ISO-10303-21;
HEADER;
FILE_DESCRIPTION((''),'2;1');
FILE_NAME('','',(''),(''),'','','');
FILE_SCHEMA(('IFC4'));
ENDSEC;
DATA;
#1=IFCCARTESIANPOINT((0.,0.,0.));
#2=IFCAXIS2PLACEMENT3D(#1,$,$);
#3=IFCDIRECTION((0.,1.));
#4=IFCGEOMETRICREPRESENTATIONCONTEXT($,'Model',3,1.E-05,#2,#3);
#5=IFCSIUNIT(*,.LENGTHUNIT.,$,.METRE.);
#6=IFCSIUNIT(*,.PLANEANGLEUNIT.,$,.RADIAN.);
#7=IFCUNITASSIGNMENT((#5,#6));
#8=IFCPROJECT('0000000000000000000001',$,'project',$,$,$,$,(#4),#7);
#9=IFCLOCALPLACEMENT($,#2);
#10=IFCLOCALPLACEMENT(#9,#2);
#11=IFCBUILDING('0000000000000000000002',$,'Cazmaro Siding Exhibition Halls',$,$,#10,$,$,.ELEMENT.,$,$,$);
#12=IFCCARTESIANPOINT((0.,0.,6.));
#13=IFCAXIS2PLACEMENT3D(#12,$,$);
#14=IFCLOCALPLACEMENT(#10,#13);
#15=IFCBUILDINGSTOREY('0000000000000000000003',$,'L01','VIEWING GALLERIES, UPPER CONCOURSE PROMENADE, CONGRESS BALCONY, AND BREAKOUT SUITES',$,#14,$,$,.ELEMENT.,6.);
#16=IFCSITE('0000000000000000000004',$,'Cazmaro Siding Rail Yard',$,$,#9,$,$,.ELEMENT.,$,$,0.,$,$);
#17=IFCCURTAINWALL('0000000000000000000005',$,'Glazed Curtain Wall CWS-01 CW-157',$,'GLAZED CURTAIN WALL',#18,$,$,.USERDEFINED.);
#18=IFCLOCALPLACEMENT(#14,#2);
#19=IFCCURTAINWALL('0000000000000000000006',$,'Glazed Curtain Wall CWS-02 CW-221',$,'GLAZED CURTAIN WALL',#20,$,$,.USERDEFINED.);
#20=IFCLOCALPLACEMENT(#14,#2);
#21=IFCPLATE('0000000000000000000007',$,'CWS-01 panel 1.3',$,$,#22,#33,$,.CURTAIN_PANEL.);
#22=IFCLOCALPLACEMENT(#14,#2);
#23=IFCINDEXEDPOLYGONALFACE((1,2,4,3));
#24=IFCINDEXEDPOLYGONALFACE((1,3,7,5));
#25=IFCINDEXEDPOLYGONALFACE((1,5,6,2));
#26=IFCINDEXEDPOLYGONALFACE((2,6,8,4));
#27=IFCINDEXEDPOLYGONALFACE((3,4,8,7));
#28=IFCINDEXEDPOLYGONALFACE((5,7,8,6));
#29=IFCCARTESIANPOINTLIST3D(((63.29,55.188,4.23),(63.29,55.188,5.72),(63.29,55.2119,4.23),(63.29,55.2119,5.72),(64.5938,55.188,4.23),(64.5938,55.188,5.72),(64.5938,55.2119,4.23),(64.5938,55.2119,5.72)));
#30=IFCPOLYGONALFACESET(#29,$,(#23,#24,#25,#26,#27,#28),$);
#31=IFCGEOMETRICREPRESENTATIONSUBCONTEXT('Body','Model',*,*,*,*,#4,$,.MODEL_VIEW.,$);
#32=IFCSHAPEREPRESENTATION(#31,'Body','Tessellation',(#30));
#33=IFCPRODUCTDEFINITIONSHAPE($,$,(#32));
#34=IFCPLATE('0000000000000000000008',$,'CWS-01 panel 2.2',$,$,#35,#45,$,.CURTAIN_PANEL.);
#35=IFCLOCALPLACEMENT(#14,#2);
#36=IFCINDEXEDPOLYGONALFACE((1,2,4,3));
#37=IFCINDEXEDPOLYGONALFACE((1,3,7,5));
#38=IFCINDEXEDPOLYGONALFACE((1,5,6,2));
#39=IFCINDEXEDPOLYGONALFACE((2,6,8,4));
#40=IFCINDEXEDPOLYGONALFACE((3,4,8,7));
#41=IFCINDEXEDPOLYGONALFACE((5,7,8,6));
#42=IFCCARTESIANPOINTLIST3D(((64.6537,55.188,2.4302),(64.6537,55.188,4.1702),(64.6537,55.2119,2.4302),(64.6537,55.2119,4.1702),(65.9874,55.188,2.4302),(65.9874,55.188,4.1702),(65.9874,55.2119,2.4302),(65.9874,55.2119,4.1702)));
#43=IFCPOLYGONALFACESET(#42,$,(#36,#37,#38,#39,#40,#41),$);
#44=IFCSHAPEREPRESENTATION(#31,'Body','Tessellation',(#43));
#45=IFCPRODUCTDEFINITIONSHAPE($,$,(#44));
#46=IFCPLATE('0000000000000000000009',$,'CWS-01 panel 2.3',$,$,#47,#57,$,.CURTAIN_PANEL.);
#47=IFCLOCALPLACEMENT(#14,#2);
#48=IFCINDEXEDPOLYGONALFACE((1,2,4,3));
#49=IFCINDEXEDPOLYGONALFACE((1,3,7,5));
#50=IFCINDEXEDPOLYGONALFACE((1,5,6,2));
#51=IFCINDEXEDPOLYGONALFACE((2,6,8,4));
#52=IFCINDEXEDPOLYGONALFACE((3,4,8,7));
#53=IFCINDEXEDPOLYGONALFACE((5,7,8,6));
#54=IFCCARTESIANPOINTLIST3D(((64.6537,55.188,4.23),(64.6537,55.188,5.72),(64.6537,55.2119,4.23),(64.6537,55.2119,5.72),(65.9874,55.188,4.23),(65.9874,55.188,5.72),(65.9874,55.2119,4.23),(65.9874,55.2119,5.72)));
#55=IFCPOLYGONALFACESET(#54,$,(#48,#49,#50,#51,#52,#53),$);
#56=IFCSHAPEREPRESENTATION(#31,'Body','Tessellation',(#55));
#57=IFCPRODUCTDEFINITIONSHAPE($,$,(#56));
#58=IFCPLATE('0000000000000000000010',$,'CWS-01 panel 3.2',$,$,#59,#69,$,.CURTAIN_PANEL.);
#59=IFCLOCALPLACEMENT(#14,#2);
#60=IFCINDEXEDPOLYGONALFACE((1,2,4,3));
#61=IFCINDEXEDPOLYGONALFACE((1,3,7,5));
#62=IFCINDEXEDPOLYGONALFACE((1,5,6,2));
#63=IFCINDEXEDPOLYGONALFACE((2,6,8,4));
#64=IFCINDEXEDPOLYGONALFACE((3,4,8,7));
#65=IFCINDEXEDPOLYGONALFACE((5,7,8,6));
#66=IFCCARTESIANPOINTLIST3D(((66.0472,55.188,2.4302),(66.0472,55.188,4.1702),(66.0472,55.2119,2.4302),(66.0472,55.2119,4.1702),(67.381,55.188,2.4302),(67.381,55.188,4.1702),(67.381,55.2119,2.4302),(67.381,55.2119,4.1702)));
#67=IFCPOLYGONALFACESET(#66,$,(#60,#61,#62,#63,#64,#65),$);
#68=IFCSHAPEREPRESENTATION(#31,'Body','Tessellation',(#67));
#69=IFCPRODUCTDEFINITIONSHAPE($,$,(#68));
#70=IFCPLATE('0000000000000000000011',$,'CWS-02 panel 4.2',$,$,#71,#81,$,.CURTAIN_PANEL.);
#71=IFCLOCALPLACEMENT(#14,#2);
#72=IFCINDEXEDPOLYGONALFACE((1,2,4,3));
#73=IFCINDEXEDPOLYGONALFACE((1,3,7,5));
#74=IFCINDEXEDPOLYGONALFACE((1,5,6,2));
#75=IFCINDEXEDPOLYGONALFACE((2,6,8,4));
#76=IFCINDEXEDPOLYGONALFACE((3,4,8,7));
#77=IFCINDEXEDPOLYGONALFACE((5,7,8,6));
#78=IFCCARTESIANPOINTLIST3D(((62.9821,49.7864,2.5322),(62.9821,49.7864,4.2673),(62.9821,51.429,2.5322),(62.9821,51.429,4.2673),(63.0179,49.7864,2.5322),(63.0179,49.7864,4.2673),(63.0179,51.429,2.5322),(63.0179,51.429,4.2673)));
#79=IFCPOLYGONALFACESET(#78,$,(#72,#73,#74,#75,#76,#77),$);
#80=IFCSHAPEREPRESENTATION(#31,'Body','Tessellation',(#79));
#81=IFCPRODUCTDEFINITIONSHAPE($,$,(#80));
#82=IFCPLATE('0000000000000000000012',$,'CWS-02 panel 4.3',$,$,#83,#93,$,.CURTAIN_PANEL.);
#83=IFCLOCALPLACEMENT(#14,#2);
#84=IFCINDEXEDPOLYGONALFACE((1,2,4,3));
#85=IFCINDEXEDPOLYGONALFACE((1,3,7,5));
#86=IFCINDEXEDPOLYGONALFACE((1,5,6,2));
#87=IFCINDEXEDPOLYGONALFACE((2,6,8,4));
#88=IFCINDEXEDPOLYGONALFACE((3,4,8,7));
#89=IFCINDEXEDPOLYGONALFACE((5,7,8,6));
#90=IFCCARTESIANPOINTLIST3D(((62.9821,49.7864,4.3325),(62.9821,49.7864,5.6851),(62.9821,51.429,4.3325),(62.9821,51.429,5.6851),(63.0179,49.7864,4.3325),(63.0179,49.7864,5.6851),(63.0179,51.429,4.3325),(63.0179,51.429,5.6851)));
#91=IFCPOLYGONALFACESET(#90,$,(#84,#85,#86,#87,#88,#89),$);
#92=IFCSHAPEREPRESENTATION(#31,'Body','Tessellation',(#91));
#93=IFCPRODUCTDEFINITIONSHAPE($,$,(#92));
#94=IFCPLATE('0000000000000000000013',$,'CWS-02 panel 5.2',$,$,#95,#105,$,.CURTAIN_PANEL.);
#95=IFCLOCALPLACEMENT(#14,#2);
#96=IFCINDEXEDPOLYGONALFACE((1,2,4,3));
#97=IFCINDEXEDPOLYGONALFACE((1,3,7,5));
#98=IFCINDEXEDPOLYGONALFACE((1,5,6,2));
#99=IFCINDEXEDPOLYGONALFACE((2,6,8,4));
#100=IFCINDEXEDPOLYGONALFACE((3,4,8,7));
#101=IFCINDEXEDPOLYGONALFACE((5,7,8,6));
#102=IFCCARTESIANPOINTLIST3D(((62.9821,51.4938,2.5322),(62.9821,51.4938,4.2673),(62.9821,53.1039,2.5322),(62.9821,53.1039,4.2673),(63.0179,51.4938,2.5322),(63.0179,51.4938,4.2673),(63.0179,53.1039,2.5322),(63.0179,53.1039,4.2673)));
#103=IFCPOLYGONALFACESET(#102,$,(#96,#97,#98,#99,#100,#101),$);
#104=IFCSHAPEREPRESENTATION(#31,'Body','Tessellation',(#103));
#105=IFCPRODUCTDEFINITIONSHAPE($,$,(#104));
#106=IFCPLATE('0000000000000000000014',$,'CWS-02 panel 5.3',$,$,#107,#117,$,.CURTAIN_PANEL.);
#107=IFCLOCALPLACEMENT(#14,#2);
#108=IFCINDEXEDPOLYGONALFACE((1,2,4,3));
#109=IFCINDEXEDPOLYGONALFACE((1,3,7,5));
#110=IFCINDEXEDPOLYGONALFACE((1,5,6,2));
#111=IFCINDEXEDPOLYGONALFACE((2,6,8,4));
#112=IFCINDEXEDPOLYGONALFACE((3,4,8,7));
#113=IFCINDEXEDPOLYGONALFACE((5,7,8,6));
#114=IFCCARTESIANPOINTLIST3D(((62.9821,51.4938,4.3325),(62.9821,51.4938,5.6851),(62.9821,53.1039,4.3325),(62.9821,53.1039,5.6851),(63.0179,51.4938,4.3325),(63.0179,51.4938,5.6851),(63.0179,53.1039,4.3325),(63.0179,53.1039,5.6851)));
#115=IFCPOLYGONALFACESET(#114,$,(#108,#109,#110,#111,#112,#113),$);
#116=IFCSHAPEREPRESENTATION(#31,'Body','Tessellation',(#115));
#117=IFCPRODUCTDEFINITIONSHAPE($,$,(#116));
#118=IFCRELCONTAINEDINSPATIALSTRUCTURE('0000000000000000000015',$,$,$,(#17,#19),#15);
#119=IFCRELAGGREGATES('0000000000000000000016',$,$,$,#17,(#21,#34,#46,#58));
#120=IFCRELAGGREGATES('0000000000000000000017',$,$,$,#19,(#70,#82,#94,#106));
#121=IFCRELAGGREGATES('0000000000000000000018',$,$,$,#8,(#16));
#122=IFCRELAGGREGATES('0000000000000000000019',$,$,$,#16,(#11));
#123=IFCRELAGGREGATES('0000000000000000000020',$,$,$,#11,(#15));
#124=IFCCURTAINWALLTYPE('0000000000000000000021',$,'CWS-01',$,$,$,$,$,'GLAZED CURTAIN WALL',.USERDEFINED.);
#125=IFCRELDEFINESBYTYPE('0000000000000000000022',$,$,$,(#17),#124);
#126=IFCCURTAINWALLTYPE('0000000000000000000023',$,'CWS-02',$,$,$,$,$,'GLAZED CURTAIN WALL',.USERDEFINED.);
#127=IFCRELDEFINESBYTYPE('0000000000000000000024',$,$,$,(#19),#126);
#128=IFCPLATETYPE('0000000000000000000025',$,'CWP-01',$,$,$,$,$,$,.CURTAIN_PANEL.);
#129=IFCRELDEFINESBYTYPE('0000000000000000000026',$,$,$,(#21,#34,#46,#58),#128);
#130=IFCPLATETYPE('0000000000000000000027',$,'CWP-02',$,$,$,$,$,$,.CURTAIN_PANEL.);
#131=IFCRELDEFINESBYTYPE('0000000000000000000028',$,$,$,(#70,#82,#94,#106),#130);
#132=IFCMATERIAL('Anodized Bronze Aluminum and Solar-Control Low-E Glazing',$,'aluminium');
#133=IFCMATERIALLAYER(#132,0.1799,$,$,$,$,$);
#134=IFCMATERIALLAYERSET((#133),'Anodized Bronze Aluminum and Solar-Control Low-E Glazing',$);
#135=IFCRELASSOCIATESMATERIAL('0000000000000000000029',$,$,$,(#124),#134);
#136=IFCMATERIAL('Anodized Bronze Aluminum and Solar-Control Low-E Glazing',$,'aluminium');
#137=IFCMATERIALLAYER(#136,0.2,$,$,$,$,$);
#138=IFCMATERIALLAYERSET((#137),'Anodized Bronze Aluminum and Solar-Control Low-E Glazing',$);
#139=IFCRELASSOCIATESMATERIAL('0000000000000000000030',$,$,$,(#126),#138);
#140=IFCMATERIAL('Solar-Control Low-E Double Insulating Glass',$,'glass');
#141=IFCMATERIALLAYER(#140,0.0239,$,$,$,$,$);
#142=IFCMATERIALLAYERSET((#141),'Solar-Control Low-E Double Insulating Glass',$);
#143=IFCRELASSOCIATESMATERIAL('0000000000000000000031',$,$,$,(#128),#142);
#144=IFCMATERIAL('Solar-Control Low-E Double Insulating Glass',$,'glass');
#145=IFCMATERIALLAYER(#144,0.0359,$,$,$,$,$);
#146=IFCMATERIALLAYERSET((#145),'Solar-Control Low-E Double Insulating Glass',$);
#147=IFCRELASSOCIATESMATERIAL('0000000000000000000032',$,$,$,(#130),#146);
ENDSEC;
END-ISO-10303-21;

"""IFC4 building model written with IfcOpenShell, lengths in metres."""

from ifc_helpers import new_model, si_unit, direction, frame, origin, origin_2d, place, context, subcontext, project, spatial, rectangle, extrude, material, layer, layer_set, type_object, element, aggregate, save


model = new_model("IFC4")

# Units and contexts
model_context = context("Model", 3, precision=1e-05, world=origin(), true_north=direction((0.0, 1.0)))
body_context = subcontext(model_context, "Body", "Model", "MODEL_VIEW")
ifc_project = project(units=[si_unit("LENGTHUNIT", "METRE"), si_unit("PLANEANGLEUNIT", "RADIAN")], contexts=[model_context])

# Site, building, storey
site_placement = place(None, origin())
site = spatial("IfcSite", under=ifc_project, at=site_placement, Name="Cazmaro Siding Rail Yard", CompositionType="ELEMENT", RefElevation=0.0)
building_placement = place(site_placement, origin())
building = spatial("IfcBuilding", under=site, at=building_placement, Name="Cazmaro Siding Exhibition Halls", CompositionType="ELEMENT")
storey_placement = place(building_placement, frame((0.0, 0.0, 6.0)))
storey = spatial("IfcBuildingStorey", under=building, at=storey_placement, Name="L01", Description="VIEWING GALLERIES, UPPER CONCOURSE PROMENADE, CONGRESS BALCONY, AND BREAKOUT SUITES", CompositionType="ELEMENT", Elevation=6.0)

# Curtain walls
ifc_material_1 = material(Name="Anodized Bronze Aluminum and Solar-Control Low-E Glazing", Category="aluminium")
ifc_layer_1 = layer(ifc_material_1, 0.1799)
ifc_layer_set_1 = layer_set([ifc_layer_1], Name="Anodized Bronze Aluminum and Solar-Control Low-E Glazing")
curtain_wall_type_1 = type_object("IfcCurtainWallType", Name="CWS-01", ElementType="GLAZED CURTAIN WALL", PredefinedType="USERDEFINED", material=ifc_layer_set_1)
curtain_wall_1_placement = place(storey_placement, origin())
curtain_wall_1 = element("IfcCurtainWall", 1, at=curtain_wall_1_placement, inside=storey, type_object=curtain_wall_type_1, Name="Glazed Curtain Wall CWS-01 CW-157", ObjectType="GLAZED CURTAIN WALL", PredefinedType="USERDEFINED")
ifc_material_2 = material(Name="Anodized Bronze Aluminum and Solar-Control Low-E Glazing", Category="aluminium")
ifc_layer_2 = layer(ifc_material_2, 0.2)
ifc_layer_set_2 = layer_set([ifc_layer_2], Name="Anodized Bronze Aluminum and Solar-Control Low-E Glazing")
curtain_wall_type_2 = type_object("IfcCurtainWallType", Name="CWS-02", ElementType="GLAZED CURTAIN WALL", PredefinedType="USERDEFINED", material=ifc_layer_set_2)
curtain_wall_2_placement = place(storey_placement, origin())
curtain_wall_2 = element("IfcCurtainWall", 2, at=curtain_wall_2_placement, inside=storey, type_object=curtain_wall_type_2, Name="Glazed Curtain Wall CWS-02 CW-221", ObjectType="GLAZED CURTAIN WALL", PredefinedType="USERDEFINED")

# Plates
ifc_material_3 = material(Name="Solar-Control Low-E Double Insulating Glass", Category="glass")
ifc_layer_3 = layer(ifc_material_3, 0.0239)
ifc_layer_set_3 = layer_set([ifc_layer_3], Name="Solar-Control Low-E Double Insulating Glass")
plate_type_1 = type_object("IfcPlateType", Name="CWP-01", PredefinedType="CURTAIN_PANEL", material=ifc_layer_set_3)
plate_1_placement = place(storey_placement, frame((63.9419, 55.2, 4.23), z_axis=(0.0, 0.0, 1.0), x_axis=(1.0, 0.0, 0.0)))
plate_1 = element("IfcPlate", 3, at=plate_1_placement, type_object=plate_type_1, Name="CWS-01 panel 1.3", PredefinedType="CURTAIN_PANEL", context=body_context, shape_type="SweptSolid", body=[
    extrude(rectangle(XDim=1.3037, YDim=0.0239, at=origin_2d()), origin(), (0.0, 0.0, 1.0), 1.49),
])
plate_2_placement = place(storey_placement, frame((65.3206, 55.2, 2.4302), z_axis=(0.0, 0.0, 1.0), x_axis=(1.0, 0.0, 0.0)))
plate_2 = element("IfcPlate", 4, at=plate_2_placement, type_object=plate_type_1, Name="CWS-01 panel 2.2", PredefinedType="CURTAIN_PANEL", context=body_context, shape_type="SweptSolid", body=[
    extrude(rectangle(XDim=1.3337, YDim=0.0239, at=origin_2d()), origin(), (0.0, 0.0, 1.0), 1.74),
])
plate_3_placement = place(storey_placement, frame((65.3206, 55.2, 4.23), z_axis=(0.0, 0.0, 1.0), x_axis=(1.0, 0.0, 0.0)))
plate_3 = element("IfcPlate", 5, at=plate_3_placement, type_object=plate_type_1, Name="CWS-01 panel 2.3", PredefinedType="CURTAIN_PANEL", context=body_context, shape_type="SweptSolid", body=[
    extrude(rectangle(XDim=1.3337, YDim=0.0239, at=origin_2d()), origin(), (0.0, 0.0, 1.0), 1.49),
])
plate_4_placement = place(storey_placement, frame((66.7141, 55.2, 2.4302), z_axis=(0.0, 0.0, 1.0), x_axis=(1.0, 0.0, 0.0)))
plate_4 = element("IfcPlate", 6, at=plate_4_placement, type_object=plate_type_1, Name="CWS-01 panel 3.2", PredefinedType="CURTAIN_PANEL", context=body_context, shape_type="SweptSolid", body=[
    extrude(rectangle(XDim=1.3337, YDim=0.0239, at=origin_2d()), origin(), (0.0, 0.0, 1.0), 1.74),
])
aggregate(curtain_wall_1, [plate_1, plate_2, plate_3, plate_4])
ifc_material_4 = material(Name="Solar-Control Low-E Double Insulating Glass", Category="glass")
ifc_layer_4 = layer(ifc_material_4, 0.0359)
ifc_layer_set_4 = layer_set([ifc_layer_4], Name="Solar-Control Low-E Double Insulating Glass")
plate_type_2 = type_object("IfcPlateType", Name="CWP-02", PredefinedType="CURTAIN_PANEL", material=ifc_layer_set_4)
plate_5_placement = place(storey_placement, frame((63.0, 50.6077, 2.5322), z_axis=(0.0, 0.0, 1.0), x_axis=(0.0, 1.0, 0.0)))
plate_5 = element("IfcPlate", 7, at=plate_5_placement, type_object=plate_type_2, Name="CWS-02 panel 4.2", PredefinedType="CURTAIN_PANEL", context=body_context, shape_type="SweptSolid", body=[
    extrude(rectangle(XDim=1.6426, YDim=0.0359, at=origin_2d()), origin(), (0.0, 0.0, 1.0), 1.7351),
])
plate_6_placement = place(storey_placement, frame((63.0, 50.6077, 4.3325), z_axis=(0.0, 0.0, 1.0), x_axis=(0.0, 1.0, 0.0)))
plate_6 = element("IfcPlate", 8, at=plate_6_placement, type_object=plate_type_2, Name="CWS-02 panel 4.3", PredefinedType="CURTAIN_PANEL", context=body_context, shape_type="SweptSolid", body=[
    extrude(rectangle(XDim=1.6426, YDim=0.0359, at=origin_2d()), origin(), (0.0, 0.0, 1.0), 1.3525),
])
plate_7_placement = place(storey_placement, frame((63.0, 52.2988, 2.5322), z_axis=(0.0, 0.0, 1.0), x_axis=(0.0, 1.0, 0.0)))
plate_7 = element("IfcPlate", 9, at=plate_7_placement, type_object=plate_type_2, Name="CWS-02 panel 5.2", PredefinedType="CURTAIN_PANEL", context=body_context, shape_type="SweptSolid", body=[
    extrude(rectangle(XDim=1.6101, YDim=0.0359, at=origin_2d()), origin(), (0.0, 0.0, 1.0), 1.7351),
])
plate_8_placement = place(storey_placement, frame((63.0, 52.2988, 4.3325), z_axis=(0.0, 0.0, 1.0), x_axis=(0.0, 1.0, 0.0)))
plate_8 = element("IfcPlate", 10, at=plate_8_placement, type_object=plate_type_2, Name="CWS-02 panel 5.3", PredefinedType="CURTAIN_PANEL", context=body_context, shape_type="SweptSolid", body=[
    extrude(rectangle(XDim=1.6101, YDim=0.0359, at=origin_2d()), origin(), (0.0, 0.0, 1.0), 1.3525),
])
aggregate(curtain_wall_2, [plate_5, plate_6, plate_7, plate_8])

save(model, "model.ifc")
